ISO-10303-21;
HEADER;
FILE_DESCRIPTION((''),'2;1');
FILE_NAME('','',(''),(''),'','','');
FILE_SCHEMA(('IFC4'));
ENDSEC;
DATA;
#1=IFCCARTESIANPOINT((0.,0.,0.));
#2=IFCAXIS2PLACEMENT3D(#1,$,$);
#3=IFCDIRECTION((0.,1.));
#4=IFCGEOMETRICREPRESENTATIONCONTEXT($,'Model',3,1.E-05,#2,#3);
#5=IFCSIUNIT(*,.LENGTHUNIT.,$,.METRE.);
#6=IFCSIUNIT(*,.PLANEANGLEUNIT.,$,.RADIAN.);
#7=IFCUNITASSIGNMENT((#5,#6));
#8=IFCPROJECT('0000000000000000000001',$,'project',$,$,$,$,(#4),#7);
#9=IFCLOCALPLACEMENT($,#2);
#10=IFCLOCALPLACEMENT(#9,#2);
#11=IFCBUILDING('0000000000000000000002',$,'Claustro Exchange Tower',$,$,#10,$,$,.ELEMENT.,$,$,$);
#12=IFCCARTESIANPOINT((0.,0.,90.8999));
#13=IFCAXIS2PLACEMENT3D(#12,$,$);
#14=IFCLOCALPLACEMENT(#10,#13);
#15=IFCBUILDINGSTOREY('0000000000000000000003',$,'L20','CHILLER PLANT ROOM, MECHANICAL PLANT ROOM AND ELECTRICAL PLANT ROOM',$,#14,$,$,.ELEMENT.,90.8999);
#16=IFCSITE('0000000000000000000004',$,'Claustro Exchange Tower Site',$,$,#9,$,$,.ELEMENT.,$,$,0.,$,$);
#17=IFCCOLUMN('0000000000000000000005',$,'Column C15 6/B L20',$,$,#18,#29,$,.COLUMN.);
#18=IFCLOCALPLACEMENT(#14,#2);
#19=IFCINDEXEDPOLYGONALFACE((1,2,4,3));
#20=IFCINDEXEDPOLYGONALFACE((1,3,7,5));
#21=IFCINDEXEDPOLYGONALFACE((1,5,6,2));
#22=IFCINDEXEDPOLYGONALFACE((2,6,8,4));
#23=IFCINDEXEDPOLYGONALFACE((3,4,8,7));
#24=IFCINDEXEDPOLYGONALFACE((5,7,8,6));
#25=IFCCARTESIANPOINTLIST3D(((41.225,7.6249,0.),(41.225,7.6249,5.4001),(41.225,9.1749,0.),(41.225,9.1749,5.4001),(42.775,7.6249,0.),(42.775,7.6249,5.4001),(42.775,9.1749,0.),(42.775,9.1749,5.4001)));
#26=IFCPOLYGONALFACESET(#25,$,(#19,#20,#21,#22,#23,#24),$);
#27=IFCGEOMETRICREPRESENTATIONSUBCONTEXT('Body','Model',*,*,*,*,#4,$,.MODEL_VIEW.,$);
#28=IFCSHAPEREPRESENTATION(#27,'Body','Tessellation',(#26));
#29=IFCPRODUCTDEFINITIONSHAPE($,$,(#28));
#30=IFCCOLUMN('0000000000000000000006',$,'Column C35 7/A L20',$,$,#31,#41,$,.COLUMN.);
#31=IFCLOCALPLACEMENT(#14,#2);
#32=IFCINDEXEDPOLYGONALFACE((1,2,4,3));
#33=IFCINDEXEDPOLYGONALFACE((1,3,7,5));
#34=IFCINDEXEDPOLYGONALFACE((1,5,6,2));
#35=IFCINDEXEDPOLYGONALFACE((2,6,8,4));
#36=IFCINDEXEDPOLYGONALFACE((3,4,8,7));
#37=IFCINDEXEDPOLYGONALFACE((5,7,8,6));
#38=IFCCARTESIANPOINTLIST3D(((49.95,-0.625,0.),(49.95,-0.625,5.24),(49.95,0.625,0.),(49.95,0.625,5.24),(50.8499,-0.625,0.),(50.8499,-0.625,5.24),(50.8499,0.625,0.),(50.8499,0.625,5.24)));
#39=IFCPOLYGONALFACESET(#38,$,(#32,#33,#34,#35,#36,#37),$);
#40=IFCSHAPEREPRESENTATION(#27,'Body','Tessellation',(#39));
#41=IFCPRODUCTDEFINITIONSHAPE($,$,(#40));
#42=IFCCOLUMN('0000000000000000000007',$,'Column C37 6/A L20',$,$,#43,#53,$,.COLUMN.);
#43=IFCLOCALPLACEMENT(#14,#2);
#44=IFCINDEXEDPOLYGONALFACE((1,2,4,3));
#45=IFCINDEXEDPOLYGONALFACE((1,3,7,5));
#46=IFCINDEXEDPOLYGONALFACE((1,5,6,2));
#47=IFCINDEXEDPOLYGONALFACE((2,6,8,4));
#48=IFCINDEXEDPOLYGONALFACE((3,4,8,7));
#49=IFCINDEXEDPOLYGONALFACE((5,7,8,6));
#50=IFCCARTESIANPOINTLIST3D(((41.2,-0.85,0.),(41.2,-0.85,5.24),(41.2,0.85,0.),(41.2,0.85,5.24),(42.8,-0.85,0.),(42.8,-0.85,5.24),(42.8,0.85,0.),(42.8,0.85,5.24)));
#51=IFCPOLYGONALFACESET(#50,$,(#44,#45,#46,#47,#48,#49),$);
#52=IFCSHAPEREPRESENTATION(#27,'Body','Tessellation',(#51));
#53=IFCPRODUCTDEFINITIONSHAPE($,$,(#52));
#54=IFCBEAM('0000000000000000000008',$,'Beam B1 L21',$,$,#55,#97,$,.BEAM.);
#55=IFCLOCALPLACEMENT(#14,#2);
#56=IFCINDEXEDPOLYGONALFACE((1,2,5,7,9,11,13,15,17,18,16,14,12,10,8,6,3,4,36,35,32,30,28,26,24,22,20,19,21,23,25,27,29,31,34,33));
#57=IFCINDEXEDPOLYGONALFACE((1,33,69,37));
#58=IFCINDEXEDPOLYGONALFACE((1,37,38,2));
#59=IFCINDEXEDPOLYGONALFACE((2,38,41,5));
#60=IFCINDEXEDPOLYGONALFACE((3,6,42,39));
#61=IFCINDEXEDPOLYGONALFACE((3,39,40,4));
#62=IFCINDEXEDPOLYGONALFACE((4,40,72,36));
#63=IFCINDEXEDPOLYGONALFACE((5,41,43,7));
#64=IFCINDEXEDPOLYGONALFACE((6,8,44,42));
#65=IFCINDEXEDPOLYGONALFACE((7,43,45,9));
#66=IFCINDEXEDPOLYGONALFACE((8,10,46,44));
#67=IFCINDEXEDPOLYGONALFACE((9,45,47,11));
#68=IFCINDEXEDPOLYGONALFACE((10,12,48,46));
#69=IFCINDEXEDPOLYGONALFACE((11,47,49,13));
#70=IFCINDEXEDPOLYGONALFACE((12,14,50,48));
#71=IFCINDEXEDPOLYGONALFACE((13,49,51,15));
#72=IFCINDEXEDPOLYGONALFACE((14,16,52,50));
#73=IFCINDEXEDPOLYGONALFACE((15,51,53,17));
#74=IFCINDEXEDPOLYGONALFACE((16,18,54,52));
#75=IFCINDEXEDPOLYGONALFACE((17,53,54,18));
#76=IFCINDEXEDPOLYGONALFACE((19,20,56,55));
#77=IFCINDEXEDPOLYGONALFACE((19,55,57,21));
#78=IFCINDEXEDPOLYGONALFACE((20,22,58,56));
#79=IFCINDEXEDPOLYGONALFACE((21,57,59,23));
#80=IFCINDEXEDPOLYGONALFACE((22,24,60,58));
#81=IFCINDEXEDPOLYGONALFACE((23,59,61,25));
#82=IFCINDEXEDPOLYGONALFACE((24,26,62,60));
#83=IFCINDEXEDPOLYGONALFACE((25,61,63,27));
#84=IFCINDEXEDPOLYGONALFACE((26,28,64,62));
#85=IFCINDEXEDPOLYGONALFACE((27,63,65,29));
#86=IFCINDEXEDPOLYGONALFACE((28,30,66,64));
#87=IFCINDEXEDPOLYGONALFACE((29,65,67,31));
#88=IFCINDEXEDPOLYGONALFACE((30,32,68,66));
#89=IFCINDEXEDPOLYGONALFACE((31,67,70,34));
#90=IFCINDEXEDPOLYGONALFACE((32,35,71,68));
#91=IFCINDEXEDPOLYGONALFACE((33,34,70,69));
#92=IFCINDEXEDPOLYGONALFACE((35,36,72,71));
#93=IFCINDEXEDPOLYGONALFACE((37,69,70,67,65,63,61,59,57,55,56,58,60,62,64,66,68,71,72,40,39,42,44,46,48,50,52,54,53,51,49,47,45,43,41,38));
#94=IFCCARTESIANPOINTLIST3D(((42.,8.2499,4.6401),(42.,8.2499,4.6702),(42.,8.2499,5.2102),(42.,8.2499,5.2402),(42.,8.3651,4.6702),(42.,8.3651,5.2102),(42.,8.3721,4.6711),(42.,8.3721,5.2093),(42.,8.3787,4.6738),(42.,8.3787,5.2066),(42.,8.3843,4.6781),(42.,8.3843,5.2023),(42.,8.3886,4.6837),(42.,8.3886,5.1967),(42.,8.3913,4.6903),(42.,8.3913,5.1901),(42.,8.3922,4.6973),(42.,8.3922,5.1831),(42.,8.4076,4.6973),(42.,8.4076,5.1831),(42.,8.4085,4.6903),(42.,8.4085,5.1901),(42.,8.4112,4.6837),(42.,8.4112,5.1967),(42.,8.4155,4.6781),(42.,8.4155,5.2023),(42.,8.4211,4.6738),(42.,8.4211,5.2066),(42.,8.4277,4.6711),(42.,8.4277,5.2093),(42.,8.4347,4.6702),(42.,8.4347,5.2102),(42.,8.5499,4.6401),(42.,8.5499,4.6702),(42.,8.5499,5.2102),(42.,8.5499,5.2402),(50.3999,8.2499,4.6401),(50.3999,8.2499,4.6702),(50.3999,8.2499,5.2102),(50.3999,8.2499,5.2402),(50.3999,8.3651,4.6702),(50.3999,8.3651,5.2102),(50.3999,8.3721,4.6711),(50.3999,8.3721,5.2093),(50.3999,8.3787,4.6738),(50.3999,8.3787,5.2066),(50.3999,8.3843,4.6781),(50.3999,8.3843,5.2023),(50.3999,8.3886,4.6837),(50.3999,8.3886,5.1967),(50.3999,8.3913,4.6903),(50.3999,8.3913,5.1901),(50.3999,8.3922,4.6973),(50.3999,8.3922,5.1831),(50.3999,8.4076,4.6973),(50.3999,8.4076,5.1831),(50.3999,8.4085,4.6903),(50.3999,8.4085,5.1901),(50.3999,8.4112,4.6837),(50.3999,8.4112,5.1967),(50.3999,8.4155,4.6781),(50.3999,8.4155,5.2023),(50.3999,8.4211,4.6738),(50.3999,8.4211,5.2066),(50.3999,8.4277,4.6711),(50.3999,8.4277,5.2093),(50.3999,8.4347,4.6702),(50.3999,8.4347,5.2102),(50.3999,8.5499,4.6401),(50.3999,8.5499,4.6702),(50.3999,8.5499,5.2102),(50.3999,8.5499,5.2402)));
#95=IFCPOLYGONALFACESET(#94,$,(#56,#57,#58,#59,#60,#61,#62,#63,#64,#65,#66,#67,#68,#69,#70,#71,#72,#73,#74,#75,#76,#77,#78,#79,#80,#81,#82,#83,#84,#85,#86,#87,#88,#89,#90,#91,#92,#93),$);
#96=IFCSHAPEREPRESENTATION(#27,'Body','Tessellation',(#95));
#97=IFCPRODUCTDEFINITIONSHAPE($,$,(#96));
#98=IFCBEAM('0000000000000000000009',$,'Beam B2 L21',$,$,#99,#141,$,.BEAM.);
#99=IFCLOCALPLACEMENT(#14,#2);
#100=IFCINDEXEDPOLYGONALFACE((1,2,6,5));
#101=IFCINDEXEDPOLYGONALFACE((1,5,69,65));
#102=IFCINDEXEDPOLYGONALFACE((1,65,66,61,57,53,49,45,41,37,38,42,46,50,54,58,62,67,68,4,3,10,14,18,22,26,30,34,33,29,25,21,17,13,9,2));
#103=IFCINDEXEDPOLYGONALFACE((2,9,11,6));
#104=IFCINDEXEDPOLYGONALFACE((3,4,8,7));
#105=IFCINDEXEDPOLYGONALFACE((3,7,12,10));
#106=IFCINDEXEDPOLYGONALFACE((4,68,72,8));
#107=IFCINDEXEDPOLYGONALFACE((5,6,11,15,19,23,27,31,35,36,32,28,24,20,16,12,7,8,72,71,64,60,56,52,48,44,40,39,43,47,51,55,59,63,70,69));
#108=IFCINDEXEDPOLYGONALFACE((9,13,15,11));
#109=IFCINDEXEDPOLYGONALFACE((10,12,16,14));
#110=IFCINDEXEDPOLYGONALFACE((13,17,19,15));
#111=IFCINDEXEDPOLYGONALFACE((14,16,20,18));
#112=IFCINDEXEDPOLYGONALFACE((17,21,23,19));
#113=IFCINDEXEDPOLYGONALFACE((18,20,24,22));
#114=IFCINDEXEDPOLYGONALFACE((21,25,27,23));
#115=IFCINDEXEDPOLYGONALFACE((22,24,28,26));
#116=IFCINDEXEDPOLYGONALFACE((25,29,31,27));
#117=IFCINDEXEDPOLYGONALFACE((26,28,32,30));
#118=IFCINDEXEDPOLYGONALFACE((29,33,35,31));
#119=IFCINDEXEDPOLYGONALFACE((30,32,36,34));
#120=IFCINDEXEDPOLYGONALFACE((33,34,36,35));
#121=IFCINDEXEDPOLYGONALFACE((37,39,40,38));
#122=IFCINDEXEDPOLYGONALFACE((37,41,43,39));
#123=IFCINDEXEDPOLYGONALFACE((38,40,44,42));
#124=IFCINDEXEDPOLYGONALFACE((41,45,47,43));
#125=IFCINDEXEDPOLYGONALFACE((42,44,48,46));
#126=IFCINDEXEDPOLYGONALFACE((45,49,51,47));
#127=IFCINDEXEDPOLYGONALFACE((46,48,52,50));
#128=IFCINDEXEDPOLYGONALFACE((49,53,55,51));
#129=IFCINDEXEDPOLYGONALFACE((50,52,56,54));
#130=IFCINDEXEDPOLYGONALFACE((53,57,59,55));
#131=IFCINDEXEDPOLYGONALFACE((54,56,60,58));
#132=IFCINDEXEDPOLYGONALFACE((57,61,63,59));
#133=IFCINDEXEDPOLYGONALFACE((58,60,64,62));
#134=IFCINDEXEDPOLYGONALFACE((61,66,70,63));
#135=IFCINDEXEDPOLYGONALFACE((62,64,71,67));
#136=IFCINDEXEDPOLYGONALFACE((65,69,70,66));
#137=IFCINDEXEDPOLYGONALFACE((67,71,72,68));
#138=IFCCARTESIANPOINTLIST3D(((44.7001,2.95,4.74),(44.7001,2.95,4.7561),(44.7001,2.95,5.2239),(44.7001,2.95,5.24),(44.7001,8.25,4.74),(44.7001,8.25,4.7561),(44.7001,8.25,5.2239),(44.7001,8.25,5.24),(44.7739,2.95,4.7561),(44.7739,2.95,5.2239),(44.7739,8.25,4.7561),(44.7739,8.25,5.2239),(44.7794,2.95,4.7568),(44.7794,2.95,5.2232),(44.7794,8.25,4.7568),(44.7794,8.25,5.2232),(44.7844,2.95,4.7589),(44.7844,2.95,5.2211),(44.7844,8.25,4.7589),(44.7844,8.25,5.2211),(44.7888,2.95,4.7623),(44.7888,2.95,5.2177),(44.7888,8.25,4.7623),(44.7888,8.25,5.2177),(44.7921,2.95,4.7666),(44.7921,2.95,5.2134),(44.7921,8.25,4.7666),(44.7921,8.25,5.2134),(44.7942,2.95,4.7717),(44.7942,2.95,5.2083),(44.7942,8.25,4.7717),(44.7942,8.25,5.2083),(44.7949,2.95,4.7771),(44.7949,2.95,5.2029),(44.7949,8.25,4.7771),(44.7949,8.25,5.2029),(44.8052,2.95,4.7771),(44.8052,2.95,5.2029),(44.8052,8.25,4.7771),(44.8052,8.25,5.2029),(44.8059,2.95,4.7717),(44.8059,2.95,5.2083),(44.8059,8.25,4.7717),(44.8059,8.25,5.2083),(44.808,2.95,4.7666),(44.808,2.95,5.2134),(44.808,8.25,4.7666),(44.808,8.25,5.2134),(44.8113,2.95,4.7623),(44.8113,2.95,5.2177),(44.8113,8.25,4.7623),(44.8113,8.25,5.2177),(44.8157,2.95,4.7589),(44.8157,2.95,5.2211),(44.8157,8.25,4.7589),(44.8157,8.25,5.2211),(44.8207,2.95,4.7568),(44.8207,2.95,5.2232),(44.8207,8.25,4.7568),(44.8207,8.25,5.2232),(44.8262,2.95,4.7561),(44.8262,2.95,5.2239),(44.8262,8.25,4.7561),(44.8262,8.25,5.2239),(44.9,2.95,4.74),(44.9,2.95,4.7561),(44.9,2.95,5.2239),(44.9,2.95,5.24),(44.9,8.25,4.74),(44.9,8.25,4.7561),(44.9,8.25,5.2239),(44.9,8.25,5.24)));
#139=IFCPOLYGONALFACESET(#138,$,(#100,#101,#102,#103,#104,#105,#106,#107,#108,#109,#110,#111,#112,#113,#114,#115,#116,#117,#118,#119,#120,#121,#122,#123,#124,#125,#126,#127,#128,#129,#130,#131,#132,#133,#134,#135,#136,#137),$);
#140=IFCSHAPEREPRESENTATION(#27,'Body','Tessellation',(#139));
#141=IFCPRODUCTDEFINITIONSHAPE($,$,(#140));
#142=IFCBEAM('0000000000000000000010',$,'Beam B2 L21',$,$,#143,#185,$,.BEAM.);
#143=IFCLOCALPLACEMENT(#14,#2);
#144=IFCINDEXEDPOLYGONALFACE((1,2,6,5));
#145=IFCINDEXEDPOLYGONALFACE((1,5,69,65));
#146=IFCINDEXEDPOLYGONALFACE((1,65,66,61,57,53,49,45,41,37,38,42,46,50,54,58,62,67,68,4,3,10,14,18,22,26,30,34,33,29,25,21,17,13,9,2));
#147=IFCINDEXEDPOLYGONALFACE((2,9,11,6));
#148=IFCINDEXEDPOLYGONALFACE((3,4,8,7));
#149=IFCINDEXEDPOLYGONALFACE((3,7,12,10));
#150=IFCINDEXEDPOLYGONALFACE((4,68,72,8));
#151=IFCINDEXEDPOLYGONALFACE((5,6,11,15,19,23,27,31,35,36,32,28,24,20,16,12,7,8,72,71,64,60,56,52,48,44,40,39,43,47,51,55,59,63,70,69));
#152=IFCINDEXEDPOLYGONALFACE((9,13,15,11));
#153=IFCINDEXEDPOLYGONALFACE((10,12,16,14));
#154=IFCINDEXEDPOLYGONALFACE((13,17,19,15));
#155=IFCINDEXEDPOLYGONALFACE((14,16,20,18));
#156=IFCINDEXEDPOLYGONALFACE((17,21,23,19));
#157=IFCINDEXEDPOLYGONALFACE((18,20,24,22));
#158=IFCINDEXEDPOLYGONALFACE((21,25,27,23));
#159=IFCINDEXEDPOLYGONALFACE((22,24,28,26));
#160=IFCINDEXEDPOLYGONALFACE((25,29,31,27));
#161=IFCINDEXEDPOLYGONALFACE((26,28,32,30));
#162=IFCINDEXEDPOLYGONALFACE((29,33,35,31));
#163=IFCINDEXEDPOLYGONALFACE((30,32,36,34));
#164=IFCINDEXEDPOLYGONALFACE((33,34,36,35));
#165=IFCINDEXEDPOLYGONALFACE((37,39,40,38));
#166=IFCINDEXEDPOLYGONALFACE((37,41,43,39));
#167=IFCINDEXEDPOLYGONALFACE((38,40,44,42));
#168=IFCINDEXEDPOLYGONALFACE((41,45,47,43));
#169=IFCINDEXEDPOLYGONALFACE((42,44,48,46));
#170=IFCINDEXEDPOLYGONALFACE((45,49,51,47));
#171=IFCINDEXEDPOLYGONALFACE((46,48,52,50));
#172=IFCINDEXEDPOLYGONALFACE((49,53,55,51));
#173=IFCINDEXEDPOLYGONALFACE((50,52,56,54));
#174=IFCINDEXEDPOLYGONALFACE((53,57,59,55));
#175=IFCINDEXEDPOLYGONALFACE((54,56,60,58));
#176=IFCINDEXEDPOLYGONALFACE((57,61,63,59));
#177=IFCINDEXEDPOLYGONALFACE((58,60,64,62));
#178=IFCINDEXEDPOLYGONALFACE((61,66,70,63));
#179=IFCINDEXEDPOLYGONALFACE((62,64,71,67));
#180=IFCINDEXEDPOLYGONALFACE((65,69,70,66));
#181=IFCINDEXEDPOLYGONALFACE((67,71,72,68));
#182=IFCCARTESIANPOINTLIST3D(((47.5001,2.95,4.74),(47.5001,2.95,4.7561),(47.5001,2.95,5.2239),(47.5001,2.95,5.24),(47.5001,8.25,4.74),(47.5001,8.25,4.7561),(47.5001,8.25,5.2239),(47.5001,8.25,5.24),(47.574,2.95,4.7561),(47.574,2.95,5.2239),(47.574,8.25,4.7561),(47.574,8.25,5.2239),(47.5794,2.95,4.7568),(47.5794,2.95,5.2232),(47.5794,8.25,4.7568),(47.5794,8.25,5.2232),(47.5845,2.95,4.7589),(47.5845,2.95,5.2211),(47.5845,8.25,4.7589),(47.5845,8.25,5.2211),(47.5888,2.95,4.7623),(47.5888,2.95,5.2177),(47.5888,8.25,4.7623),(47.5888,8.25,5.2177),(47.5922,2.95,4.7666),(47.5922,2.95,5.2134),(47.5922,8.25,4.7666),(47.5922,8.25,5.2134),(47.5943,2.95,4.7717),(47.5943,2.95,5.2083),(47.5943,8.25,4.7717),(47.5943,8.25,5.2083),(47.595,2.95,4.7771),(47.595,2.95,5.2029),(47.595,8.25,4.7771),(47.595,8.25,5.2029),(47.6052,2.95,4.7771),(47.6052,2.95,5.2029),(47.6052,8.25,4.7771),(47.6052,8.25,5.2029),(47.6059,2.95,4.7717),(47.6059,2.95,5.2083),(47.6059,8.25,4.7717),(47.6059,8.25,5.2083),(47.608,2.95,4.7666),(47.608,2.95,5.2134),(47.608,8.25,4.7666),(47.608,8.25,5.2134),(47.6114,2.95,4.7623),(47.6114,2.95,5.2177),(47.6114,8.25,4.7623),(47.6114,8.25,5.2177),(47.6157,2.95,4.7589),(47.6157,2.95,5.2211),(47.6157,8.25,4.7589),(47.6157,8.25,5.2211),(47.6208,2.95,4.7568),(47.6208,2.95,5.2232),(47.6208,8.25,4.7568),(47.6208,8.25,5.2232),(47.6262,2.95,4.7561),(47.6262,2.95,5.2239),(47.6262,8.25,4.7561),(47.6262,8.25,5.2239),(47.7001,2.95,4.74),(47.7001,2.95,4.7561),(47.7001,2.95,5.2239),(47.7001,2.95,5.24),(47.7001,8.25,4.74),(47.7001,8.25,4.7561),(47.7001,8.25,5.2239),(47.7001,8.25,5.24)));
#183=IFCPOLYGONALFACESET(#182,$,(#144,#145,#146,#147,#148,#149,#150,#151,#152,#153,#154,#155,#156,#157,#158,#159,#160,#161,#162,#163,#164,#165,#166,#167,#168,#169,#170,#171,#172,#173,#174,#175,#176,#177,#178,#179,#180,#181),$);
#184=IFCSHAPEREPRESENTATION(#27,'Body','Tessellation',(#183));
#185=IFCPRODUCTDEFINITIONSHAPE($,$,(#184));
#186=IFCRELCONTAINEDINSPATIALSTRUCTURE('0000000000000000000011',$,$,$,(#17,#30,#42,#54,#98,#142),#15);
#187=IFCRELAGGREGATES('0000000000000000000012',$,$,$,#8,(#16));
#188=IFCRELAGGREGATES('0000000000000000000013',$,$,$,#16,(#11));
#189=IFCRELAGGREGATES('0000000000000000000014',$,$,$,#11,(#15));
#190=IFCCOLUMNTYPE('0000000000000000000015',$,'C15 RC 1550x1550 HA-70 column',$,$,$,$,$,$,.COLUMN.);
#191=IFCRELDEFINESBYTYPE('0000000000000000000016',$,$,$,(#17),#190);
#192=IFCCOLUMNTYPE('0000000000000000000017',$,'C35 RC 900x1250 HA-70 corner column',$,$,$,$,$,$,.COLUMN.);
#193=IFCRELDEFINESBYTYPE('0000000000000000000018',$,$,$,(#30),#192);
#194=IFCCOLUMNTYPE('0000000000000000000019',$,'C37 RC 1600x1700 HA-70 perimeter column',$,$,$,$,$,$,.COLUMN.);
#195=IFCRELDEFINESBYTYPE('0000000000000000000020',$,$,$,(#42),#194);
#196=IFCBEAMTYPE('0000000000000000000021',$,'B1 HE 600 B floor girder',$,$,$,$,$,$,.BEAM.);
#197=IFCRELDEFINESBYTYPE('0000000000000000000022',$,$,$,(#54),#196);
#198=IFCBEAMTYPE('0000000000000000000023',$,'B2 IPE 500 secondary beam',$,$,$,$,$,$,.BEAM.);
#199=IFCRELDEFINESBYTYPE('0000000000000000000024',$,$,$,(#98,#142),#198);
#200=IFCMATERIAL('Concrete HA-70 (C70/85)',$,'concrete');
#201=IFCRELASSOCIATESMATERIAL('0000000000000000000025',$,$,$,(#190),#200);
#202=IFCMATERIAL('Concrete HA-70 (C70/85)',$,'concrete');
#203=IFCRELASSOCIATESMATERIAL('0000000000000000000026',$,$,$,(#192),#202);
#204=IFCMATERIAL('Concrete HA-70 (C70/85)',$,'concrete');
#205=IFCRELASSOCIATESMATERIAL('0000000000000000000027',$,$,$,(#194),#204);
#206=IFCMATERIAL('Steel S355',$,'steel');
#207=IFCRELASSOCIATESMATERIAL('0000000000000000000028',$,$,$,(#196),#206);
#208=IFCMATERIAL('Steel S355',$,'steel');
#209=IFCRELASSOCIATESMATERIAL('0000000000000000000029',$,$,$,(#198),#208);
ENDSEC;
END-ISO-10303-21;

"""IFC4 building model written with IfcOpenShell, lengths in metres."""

from ifc_helpers import new_model, si_unit, direction, frame, origin, origin_2d, place, context, subcontext, project, spatial, rectangle, i_section, extrude, material, material_profile, profile_set, type_object, element, save


model = new_model("IFC4")

# Units and contexts
model_context = context("Model", 3, precision=1e-05, world=origin(), true_north=direction((0.0, 1.0)))
body_context = subcontext(model_context, "Body", "Model", "MODEL_VIEW")
ifc_project = project(units=[si_unit("LENGTHUNIT", "METRE"), si_unit("PLANEANGLEUNIT", "RADIAN")], contexts=[model_context])

# Site, building, storey
site_placement = place(None, origin())
site = spatial("IfcSite", under=ifc_project, at=site_placement, Name="Claustro Exchange Tower Site", CompositionType="ELEMENT", RefElevation=0.0)
building_placement = place(site_placement, origin())
building = spatial("IfcBuilding", under=site, at=building_placement, Name="Claustro Exchange Tower", CompositionType="ELEMENT")
storey_placement = place(building_placement, frame((0.0, 0.0, 90.8999)))
storey = spatial("IfcBuildingStorey", under=building, at=storey_placement, Name="L20", Description="CHILLER PLANT ROOM, MECHANICAL PLANT ROOM AND ELECTRICAL PLANT ROOM", CompositionType="ELEMENT", Elevation=90.8999)

# Columns
ifc_material_1 = material(Name="Concrete HA-70 (C70/85)", Category="concrete")
ifc_material_profile_1 = material_profile(ifc_material_1, rectangle(XDim=1.55, YDim=1.55, at=origin_2d()), Name="RC 1550x1550")
ifc_profile_set_1 = profile_set([ifc_material_profile_1], Name="Concrete HA-70 (C70/85)")
column_type_1 = type_object("IfcColumnType", Name="C15 RC 1550x1550 HA-70 column", PredefinedType="COLUMN", material=ifc_profile_set_1)
column_1_placement = place(storey_placement, frame((42.0, 8.3999, 0.0), z_axis=(0.0, 0.0, 1.0), x_axis=(1.0, 0.0, 0.0)))
element("IfcColumn", 1, at=column_1_placement, inside=storey, type_object=column_type_1, Name="Column C15 6/B L20", PredefinedType="COLUMN", context=body_context, shape_type="SweptSolid", body=[
    extrude(rectangle(XDim=1.55, YDim=1.55, at=origin_2d()), origin(), (0.0, 0.0, 1.0), 5.4001),
])
ifc_material_2 = material(Name="Concrete HA-70 (C70/85)", Category="concrete")
ifc_material_profile_2 = material_profile(ifc_material_2, rectangle(XDim=0.8999, YDim=1.25, at=origin_2d()), Name="RC 900x1250")
ifc_profile_set_2 = profile_set([ifc_material_profile_2], Name="Concrete HA-70 (C70/85)")
column_type_2 = type_object("IfcColumnType", Name="C35 RC 900x1250 HA-70 corner column", PredefinedType="COLUMN", material=ifc_profile_set_2)
column_2_placement = place(storey_placement, frame((50.3999, 0.0, 0.0), z_axis=(0.0, 0.0, 1.0), x_axis=(1.0, 0.0, 0.0)))
element("IfcColumn", 2, at=column_2_placement, inside=storey, type_object=column_type_2, Name="Column C35 7/A L20", PredefinedType="COLUMN", context=body_context, shape_type="SweptSolid", body=[
    extrude(rectangle(XDim=0.8999, YDim=1.25, at=origin_2d()), origin(), (0.0, 0.0, 1.0), 5.24),
])
ifc_material_3 = material(Name="Concrete HA-70 (C70/85)", Category="concrete")
ifc_material_profile_3 = material_profile(ifc_material_3, rectangle(XDim=1.6001, YDim=1.7, at=origin_2d()), Name="RC 1600x1700")
ifc_profile_set_3 = profile_set([ifc_material_profile_3], Name="Concrete HA-70 (C70/85)")
column_type_3 = type_object("IfcColumnType", Name="C37 RC 1600x1700 HA-70 perimeter column", PredefinedType="COLUMN", material=ifc_profile_set_3)
column_3_placement = place(storey_placement, frame((42.0, 0.0, 0.0), z_axis=(0.0, 0.0, 1.0), x_axis=(1.0, 0.0, 0.0)))
element("IfcColumn", 3, at=column_3_placement, inside=storey, type_object=column_type_3, Name="Column C37 6/A L20", PredefinedType="COLUMN", context=body_context, shape_type="SweptSolid", body=[
    extrude(rectangle(XDim=1.6001, YDim=1.7, at=origin_2d()), origin(), (0.0, 0.0, 1.0), 5.24),
])

# Beams
ifc_material_4 = material(Name="Steel S355", Category="steel")
ifc_material_profile_4 = material_profile(ifc_material_4, i_section(OverallWidth=0.3, OverallDepth=0.6001, WebThickness=0.0154, FlangeThickness=0.03, FilletRadius=0.0271, at=origin_2d()), Name="HE 600 B")
ifc_profile_set_4 = profile_set([ifc_material_profile_4], Name="Steel S355")
beam_type_1 = type_object("IfcBeamType", Name="B1 HE 600 B floor girder", PredefinedType="BEAM", material=ifc_profile_set_4)
beam_1_placement = place(storey_placement, frame((42.0, 8.3999, 4.9402), z_axis=(1.0, 0.0, 0.0), x_axis=(0.0, 1.0, 0.0)))
element("IfcBeam", 4, at=beam_1_placement, inside=storey, type_object=beam_type_1, Name="Beam B1 L21", PredefinedType="BEAM", context=body_context, shape_type="SweptSolid", body=[
    extrude(i_section(OverallWidth=0.3, OverallDepth=0.6001, WebThickness=0.0154, FlangeThickness=0.03, FilletRadius=0.0271, at=origin_2d()), origin(), (0.0, 0.0, 1.0), 8.3999),
])
ifc_material_5 = material(Name="Steel S355", Category="steel")
ifc_material_profile_5 = material_profile(ifc_material_5, i_section(OverallWidth=0.2, OverallDepth=0.5, WebThickness=0.0103, FlangeThickness=0.0161, FilletRadius=0.021, at=origin_2d()), Name="IPE 500")
ifc_profile_set_5 = profile_set([ifc_material_profile_5], Name="Steel S355")
beam_type_2 = type_object("IfcBeamType", Name="B2 IPE 500 secondary beam", PredefinedType="BEAM", material=ifc_profile_set_5)
for number, where, z_axis, x_axis, name in (
    (5, (44.8, 2.95, 4.99), (0.0, 1.0, 0.0), (-1.0, 0.0, 0.0), "Beam B2 L21"),
    (6, (47.6001, 2.95, 4.99), (0.0, 1.0, 0.0), (-1.0, 0.0, 0.0), "Beam B2 L21"),
):
    element("IfcBeam", number, at=place(storey_placement, frame(where, z_axis=z_axis, x_axis=x_axis)), inside=storey, type_object=beam_type_2, Name=name, PredefinedType="BEAM", context=body_context, shape_type="SweptSolid", body=[
        extrude(i_section(OverallWidth=0.2, OverallDepth=0.5, WebThickness=0.0103, FlangeThickness=0.0161, FilletRadius=0.021, at=origin_2d()), origin(), (0.0, 0.0, 1.0), 5.3),
    ])

save(model, "model.ifc")
